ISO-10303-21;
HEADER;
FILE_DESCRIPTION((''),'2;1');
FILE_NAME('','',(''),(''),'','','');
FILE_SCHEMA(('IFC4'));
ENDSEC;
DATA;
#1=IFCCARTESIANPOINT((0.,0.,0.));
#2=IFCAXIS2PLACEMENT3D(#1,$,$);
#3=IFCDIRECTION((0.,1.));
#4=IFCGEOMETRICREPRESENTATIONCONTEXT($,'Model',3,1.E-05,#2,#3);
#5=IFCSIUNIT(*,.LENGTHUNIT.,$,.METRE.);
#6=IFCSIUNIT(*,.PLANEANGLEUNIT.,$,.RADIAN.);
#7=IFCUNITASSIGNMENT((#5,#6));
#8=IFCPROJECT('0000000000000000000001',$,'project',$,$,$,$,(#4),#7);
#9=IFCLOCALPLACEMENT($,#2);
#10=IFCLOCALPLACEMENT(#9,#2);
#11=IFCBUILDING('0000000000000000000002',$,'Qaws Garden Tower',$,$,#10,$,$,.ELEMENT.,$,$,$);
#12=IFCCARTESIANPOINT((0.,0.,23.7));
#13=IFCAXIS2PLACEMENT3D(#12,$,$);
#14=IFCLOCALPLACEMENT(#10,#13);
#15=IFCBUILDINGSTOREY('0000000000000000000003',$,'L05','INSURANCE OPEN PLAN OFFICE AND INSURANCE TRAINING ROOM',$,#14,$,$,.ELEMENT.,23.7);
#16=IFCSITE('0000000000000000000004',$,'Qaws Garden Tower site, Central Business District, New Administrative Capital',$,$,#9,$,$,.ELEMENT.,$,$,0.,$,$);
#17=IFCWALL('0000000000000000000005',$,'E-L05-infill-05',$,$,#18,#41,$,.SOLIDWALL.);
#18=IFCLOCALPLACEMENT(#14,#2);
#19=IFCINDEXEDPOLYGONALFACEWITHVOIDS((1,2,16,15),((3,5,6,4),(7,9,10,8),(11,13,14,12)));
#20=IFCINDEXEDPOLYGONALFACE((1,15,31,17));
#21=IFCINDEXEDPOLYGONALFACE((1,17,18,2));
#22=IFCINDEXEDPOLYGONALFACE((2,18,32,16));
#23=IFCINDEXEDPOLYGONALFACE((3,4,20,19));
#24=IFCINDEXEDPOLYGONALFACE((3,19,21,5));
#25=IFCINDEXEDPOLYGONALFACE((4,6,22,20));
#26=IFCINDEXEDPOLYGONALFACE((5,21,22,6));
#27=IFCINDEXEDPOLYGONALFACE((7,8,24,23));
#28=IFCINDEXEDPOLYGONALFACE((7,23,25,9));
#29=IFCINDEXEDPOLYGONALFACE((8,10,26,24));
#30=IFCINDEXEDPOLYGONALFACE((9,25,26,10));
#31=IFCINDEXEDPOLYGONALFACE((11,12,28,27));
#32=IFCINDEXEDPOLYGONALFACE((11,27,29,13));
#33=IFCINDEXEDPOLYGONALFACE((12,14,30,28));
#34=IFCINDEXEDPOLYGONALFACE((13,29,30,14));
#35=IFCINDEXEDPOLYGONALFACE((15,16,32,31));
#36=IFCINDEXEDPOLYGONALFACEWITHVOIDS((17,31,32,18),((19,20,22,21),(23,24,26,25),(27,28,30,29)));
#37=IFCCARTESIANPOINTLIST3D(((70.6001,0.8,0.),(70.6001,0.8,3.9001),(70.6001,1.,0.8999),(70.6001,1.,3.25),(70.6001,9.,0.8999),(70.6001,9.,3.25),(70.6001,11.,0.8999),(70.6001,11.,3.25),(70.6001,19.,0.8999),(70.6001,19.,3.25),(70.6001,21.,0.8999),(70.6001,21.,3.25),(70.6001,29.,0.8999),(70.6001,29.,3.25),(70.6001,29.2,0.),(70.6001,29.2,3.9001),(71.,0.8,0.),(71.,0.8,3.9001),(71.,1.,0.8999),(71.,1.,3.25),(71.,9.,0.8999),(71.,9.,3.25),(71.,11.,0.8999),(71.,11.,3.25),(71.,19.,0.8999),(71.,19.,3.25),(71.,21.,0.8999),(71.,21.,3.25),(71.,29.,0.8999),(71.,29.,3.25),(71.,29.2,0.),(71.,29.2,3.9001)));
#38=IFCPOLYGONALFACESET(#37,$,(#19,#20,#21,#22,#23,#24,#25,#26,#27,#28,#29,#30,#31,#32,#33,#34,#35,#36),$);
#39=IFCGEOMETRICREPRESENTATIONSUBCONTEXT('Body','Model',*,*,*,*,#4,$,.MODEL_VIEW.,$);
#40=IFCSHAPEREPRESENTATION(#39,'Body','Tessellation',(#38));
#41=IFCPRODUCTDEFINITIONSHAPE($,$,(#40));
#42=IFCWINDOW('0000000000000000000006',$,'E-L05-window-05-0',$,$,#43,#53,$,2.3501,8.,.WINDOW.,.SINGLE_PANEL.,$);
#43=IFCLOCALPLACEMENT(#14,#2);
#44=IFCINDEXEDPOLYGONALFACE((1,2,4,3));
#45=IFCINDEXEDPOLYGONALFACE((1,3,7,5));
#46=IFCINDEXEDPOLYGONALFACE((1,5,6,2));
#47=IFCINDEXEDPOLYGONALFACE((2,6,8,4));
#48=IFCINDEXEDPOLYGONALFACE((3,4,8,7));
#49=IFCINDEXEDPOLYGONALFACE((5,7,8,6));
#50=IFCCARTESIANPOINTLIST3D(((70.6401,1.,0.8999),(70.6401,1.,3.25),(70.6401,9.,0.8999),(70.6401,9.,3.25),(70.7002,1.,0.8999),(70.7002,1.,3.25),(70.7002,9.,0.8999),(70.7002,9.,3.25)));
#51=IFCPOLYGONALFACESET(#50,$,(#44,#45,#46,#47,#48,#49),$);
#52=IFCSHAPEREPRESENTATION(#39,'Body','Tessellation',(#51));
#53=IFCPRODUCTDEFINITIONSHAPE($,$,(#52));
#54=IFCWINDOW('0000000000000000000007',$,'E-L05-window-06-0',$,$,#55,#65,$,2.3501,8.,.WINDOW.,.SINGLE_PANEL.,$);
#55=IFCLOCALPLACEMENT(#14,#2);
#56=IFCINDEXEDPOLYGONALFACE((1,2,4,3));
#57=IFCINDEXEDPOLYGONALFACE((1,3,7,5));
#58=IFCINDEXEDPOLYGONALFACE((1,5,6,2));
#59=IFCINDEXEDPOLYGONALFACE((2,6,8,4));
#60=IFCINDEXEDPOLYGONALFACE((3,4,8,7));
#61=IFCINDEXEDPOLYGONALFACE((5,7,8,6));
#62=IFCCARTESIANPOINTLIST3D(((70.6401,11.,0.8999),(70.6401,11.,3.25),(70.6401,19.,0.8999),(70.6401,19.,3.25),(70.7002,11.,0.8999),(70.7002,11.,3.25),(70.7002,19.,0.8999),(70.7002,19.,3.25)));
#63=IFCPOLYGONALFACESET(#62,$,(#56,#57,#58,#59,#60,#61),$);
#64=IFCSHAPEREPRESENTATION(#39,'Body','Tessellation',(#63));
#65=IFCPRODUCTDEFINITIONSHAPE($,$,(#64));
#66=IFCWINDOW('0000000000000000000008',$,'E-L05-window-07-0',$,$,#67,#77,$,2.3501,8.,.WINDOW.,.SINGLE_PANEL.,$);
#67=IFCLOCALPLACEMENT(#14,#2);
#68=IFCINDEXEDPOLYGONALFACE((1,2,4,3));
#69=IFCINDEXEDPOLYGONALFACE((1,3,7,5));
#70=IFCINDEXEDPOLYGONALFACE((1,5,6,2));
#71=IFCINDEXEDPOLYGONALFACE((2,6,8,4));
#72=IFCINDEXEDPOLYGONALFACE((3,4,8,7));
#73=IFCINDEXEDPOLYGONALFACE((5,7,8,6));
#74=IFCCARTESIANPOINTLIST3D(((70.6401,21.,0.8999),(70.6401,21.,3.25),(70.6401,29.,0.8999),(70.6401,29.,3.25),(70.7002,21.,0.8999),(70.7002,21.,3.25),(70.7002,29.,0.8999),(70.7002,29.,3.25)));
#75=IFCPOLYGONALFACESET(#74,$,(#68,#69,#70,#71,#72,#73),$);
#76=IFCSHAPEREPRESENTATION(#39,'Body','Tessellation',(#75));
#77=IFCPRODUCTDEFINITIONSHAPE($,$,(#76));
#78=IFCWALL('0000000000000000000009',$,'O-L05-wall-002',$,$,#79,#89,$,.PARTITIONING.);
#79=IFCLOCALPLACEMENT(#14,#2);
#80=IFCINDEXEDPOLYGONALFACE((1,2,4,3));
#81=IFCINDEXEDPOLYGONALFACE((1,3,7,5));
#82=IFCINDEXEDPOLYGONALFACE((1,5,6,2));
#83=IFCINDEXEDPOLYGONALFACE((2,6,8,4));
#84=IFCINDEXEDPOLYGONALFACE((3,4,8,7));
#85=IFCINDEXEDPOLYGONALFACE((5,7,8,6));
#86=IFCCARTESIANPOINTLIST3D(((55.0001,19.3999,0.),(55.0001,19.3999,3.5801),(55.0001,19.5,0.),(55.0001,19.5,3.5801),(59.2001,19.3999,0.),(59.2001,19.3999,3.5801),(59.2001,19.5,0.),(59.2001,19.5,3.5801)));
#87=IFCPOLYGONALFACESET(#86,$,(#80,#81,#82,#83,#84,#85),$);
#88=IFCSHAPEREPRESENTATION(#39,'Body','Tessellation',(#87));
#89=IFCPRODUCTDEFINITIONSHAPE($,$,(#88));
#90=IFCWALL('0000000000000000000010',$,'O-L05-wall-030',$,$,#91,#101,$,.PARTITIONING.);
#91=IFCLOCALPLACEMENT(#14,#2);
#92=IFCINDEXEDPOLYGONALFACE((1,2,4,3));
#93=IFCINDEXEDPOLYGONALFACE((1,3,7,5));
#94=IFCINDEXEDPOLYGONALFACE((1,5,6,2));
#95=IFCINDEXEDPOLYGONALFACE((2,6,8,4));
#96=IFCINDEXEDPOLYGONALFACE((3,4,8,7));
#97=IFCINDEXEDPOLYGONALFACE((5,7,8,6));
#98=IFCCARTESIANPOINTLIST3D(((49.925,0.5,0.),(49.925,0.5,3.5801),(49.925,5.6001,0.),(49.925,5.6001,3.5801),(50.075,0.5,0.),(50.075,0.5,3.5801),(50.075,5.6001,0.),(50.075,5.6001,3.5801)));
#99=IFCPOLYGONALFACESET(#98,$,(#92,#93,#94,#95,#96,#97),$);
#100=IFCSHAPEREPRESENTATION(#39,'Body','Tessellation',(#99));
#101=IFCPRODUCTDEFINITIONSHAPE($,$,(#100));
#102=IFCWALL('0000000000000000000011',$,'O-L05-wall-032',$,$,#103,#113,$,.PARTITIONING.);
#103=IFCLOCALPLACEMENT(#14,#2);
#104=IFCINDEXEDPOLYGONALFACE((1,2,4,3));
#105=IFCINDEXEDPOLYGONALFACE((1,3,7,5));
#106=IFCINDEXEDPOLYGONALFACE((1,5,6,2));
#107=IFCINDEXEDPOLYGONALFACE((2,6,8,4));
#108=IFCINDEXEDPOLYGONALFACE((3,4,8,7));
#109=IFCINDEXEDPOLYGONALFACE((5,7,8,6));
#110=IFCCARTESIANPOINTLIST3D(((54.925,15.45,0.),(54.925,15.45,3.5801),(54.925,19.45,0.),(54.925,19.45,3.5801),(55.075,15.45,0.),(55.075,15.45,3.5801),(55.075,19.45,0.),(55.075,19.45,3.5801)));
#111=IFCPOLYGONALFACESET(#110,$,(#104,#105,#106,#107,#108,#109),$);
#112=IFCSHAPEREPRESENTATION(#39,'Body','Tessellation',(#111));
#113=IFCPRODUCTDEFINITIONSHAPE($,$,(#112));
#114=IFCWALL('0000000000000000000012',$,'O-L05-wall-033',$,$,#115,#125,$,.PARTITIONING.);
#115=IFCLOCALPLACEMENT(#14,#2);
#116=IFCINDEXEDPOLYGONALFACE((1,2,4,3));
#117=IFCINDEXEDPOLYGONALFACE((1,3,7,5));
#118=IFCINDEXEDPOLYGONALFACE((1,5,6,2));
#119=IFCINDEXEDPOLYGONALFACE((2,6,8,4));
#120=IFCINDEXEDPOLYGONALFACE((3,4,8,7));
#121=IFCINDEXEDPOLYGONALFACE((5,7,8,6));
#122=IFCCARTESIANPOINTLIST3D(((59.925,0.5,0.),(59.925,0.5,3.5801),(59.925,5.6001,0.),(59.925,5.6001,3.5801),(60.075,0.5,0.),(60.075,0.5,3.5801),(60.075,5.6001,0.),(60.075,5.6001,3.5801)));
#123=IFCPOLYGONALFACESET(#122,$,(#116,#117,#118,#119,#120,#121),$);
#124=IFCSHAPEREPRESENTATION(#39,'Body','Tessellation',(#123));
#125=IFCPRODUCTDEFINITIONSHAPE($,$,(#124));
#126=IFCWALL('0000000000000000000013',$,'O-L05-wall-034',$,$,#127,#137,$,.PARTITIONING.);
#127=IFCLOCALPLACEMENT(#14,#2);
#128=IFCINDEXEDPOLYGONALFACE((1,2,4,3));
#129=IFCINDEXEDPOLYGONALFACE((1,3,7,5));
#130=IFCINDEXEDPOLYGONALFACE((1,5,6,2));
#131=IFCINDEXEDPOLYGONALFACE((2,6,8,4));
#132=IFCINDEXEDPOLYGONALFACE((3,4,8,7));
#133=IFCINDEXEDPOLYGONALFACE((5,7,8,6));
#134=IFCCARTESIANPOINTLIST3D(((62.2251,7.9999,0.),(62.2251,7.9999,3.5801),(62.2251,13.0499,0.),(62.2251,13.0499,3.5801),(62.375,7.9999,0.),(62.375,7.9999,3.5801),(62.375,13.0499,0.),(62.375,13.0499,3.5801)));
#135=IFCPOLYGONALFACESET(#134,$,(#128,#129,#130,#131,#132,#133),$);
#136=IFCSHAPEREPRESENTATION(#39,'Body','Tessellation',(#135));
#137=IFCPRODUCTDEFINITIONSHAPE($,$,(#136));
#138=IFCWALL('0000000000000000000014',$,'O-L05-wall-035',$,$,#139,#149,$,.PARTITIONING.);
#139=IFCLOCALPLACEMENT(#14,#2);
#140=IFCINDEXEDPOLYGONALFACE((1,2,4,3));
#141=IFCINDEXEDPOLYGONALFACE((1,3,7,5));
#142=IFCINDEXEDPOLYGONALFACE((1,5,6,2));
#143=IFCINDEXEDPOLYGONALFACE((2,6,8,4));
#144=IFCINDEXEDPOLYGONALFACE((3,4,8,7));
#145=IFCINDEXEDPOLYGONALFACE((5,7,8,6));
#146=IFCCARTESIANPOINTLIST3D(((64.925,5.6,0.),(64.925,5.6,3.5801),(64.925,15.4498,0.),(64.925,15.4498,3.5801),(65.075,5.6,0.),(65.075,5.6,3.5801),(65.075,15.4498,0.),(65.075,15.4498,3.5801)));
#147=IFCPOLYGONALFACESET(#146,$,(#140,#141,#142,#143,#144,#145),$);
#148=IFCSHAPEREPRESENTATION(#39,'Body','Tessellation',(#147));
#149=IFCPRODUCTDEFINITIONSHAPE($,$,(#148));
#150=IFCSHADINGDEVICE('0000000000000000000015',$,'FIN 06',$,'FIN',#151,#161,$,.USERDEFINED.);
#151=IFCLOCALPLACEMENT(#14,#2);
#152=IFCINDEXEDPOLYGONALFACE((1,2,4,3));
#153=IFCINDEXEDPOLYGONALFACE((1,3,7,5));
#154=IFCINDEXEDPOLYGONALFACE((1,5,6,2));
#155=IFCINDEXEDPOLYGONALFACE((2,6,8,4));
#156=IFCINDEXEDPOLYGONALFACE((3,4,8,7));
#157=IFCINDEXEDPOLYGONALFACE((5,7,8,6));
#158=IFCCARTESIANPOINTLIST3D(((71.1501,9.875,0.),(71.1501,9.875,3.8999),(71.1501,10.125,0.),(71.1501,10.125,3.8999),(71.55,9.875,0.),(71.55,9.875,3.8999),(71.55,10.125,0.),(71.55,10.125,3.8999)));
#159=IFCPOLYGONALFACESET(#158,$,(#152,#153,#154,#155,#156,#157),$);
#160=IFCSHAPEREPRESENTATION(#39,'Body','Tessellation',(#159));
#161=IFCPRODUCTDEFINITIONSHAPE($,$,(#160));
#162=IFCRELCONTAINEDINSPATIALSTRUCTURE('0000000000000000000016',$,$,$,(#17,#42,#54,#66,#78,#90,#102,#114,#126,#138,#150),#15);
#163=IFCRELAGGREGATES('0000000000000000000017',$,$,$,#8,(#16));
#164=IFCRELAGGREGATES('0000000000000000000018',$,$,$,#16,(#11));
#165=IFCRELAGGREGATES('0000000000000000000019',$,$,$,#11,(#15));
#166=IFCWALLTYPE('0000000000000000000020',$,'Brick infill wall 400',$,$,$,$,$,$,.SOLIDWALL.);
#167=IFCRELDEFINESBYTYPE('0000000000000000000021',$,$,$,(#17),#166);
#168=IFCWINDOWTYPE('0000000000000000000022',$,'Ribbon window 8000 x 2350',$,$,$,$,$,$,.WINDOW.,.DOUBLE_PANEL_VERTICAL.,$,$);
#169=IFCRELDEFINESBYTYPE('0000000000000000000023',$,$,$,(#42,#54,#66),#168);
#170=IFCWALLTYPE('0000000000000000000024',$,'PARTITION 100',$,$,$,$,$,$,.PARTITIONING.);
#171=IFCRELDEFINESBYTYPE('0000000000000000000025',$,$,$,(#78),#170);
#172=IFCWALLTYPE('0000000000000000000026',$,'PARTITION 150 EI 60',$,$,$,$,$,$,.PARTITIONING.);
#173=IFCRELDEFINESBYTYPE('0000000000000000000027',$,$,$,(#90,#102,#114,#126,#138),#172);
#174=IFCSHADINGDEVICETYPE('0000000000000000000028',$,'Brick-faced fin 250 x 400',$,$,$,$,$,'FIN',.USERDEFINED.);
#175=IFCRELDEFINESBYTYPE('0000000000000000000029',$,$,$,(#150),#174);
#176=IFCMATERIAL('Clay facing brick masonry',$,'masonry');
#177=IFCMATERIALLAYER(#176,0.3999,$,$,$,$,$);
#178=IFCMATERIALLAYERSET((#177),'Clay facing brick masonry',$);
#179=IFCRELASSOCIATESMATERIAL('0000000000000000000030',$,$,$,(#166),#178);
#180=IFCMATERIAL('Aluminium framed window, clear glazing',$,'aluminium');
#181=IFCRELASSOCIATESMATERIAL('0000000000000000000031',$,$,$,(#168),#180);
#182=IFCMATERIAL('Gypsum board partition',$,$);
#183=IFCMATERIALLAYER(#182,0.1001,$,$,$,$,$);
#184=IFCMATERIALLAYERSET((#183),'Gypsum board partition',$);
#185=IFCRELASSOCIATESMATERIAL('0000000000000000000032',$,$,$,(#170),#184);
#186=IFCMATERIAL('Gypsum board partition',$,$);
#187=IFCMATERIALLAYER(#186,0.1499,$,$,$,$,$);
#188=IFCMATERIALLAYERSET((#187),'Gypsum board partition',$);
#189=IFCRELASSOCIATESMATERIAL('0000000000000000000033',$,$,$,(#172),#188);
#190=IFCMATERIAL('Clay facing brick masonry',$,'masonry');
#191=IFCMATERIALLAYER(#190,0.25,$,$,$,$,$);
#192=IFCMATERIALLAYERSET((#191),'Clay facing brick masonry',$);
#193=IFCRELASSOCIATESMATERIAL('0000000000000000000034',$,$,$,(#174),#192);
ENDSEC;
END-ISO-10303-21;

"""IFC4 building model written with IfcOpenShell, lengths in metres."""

from ifc_helpers import new_model, si_unit, direction, frame, frame_2d, origin, origin_2d, place, context, subcontext, project, spatial, rectangle, extrude, material, layer, layer_set, type_object, element, fill, save


model = new_model("IFC4")

# Units and contexts
model_context = context("Model", 3, precision=1e-05, world=origin(), true_north=direction((0.0, 1.0)))
body_context = subcontext(model_context, "Body", "Model", "MODEL_VIEW")
ifc_project = project(units=[si_unit("LENGTHUNIT", "METRE"), si_unit("PLANEANGLEUNIT", "RADIAN")], contexts=[model_context])

# Site, building, storey
site_placement = place(None, origin())
site = spatial("IfcSite", under=ifc_project, at=site_placement, Name="Qaws Garden Tower site, Central Business District, New Administrative Capital", CompositionType="ELEMENT", RefElevation=0.0)
building_placement = place(site_placement, origin())
building = spatial("IfcBuilding", under=site, at=building_placement, Name="Qaws Garden Tower", CompositionType="ELEMENT")
storey_placement = place(building_placement, frame((0.0, 0.0, 23.7)))
storey = spatial("IfcBuildingStorey", under=building, at=storey_placement, Name="L05", Description="INSURANCE OPEN PLAN OFFICE AND INSURANCE TRAINING ROOM", CompositionType="ELEMENT", Elevation=23.7)

# Wall, openings, windows
ifc_material_1 = material(Name="Clay facing brick masonry", Category="masonry")
ifc_layer_1 = layer(ifc_material_1, 0.3999)
ifc_layer_set_1 = layer_set([ifc_layer_1], Name="Clay facing brick masonry")
wall_type_1 = type_object("IfcWallType", Name="Brick infill wall 400", PredefinedType="SOLIDWALL", material=ifc_layer_set_1)
wall_1_placement = place(storey_placement, frame((70.8, 0.8, 0.0), z_axis=(0.0, 0.0, 1.0), x_axis=(0.0, 1.0, 0.0)))
wall_1 = element("IfcWall", 1, at=wall_1_placement, inside=storey, type_object=wall_type_1, Name="E-L05-infill-05", PredefinedType="SOLIDWALL", context=body_context, shape_type="SweptSolid", body=[
    extrude(rectangle(XDim=28.3999, YDim=0.3999, at=frame_2d((14.2, 0.0))), origin(), (0.0, 0.0, 1.0), 3.9001),
])
opening_1_placement = place(wall_1_placement, frame((0.2, 0.0, 0.8999)))
opening_1 = element("IfcOpeningElement", 2, at=opening_1_placement, cuts=wall_1, PredefinedType="OPENING", context=body_context, shape_type="SweptSolid", body=[
    extrude(rectangle(XDim=8.0, YDim=2.3501, at=frame_2d((4.0, 1.175))), frame((0.0, 0.21, 0.0), z_axis=(0.0, -1.0, 0.0), x_axis=(1.0, 0.0, 0.0)), (0.0, 0.0, 1.0), 0.4199),
])
opening_2_placement = place(wall_1_placement, frame((10.2, 0.0, 0.8999)))
opening_2 = element("IfcOpeningElement", 3, at=opening_2_placement, cuts=wall_1, PredefinedType="OPENING", context=body_context, shape_type="SweptSolid", body=[
    extrude(rectangle(XDim=8.0, YDim=2.3501, at=frame_2d((4.0, 1.175))), frame((0.0, 0.21, 0.0), z_axis=(0.0, -1.0, 0.0), x_axis=(1.0, 0.0, 0.0)), (0.0, 0.0, 1.0), 0.4199),
])
opening_3_placement = place(wall_1_placement, frame((20.2, 0.0, 0.8999)))
opening_3 = element("IfcOpeningElement", 4, at=opening_3_placement, cuts=wall_1, PredefinedType="OPENING", context=body_context, shape_type="SweptSolid", body=[
    extrude(rectangle(XDim=8.0, YDim=2.3501, at=frame_2d((4.0, 1.175))), frame((0.0, 0.21, 0.0), z_axis=(0.0, -1.0, 0.0), x_axis=(1.0, 0.0, 0.0)), (0.0, 0.0, 1.0), 0.4199),
])
ifc_material_2 = material(Name="Aluminium framed window, clear glazing", Category="aluminium")
window_type = type_object("IfcWindowType", Name="Ribbon window 8000 x 2350", PartitioningType="DOUBLE_PANEL_VERTICAL", PredefinedType="WINDOW", material=ifc_material_2)
window_1_placement = place(opening_1_placement, origin())
window_1 = element("IfcWindow", 5, at=window_1_placement, inside=storey, type_object=window_type, Name="E-L05-window-05-0", OverallHeight=2.3501, OverallWidth=8.0, PartitioningType="SINGLE_PANEL", PredefinedType="WINDOW", context=body_context, shape_type="SweptSolid", body=[
    extrude(rectangle(XDim=8.0, YDim=2.3501, at=frame_2d((4.0, 1.175))), frame((0.0, 0.1599, 0.0), z_axis=(0.0, -1.0, 0.0), x_axis=(1.0, 0.0, 0.0)), (0.0, 0.0, 1.0), 0.0601),
])
fill(opening_1, window_1)
window_2_placement = place(opening_2_placement, origin())
window_2 = element("IfcWindow", 6, at=window_2_placement, inside=storey, type_object=window_type, Name="E-L05-window-06-0", OverallHeight=2.3501, OverallWidth=8.0, PartitioningType="SINGLE_PANEL", PredefinedType="WINDOW", context=body_context, shape_type="SweptSolid", body=[
    extrude(rectangle(XDim=8.0, YDim=2.3501, at=frame_2d((4.0, 1.175))), frame((0.0, 0.1599, 0.0), z_axis=(0.0, -1.0, 0.0), x_axis=(1.0, 0.0, 0.0)), (0.0, 0.0, 1.0), 0.0601),
])
fill(opening_2, window_2)
window_3_placement = place(opening_3_placement, origin())
window_3 = element("IfcWindow", 7, at=window_3_placement, inside=storey, type_object=window_type, Name="E-L05-window-07-0", OverallHeight=2.3501, OverallWidth=8.0, PartitioningType="SINGLE_PANEL", PredefinedType="WINDOW", context=body_context, shape_type="SweptSolid", body=[
    extrude(rectangle(XDim=8.0, YDim=2.3501, at=frame_2d((4.0, 1.175))), frame((0.0, 0.1599, 0.0), z_axis=(0.0, -1.0, 0.0), x_axis=(1.0, 0.0, 0.0)), (0.0, 0.0, 1.0), 0.0601),
])
fill(opening_3, window_3)

# Walls
ifc_material_3 = material(Name="Gypsum board partition")
ifc_layer_2 = layer(ifc_material_3, 0.1001)
ifc_layer_set_2 = layer_set([ifc_layer_2], Name="Gypsum board partition")
wall_type_2 = type_object("IfcWallType", Name="PARTITION 100", PredefinedType="PARTITIONING", material=ifc_layer_set_2)
wall_2_placement = place(storey_placement, frame((55.0, 19.45, 0.0), z_axis=(0.0, 0.0, 1.0), x_axis=(1.0, 0.0, 0.0)))
element("IfcWall", 8, at=wall_2_placement, inside=storey, type_object=wall_type_2, Name="O-L05-wall-002", PredefinedType="PARTITIONING", context=body_context, shape_type="SweptSolid", body=[
    extrude(rectangle(XDim=4.2, YDim=0.1001, at=frame_2d((2.1001, 0.0))), origin(), (0.0, 0.0, 1.0), 3.5801),
])
ifc_material_4 = material(Name="Gypsum board partition")
ifc_layer_3 = layer(ifc_material_4, 0.1499)
ifc_layer_set_3 = layer_set([ifc_layer_3], Name="Gypsum board partition")
wall_type_3 = type_object("IfcWallType", Name="PARTITION 150 EI 60", PredefinedType="PARTITIONING", material=ifc_layer_set_3)
wall_3_placement = place(storey_placement, frame((50.0, 0.5, 0.0), z_axis=(0.0, 0.0, 1.0), x_axis=(0.0, 1.0, 0.0)))
element("IfcWall", 9, at=wall_3_placement, inside=storey, type_object=wall_type_3, Name="O-L05-wall-030", PredefinedType="PARTITIONING", context=body_context, shape_type="SweptSolid", body=[
    extrude(rectangle(XDim=5.1001, YDim=0.1499, at=frame_2d((2.55, 0.0))), origin(), (0.0, 0.0, 1.0), 3.5801),
])
wall_4_placement = place(storey_placement, frame((55.0, 15.45, 0.0), z_axis=(0.0, 0.0, 1.0), x_axis=(0.0, 1.0, 0.0)))
element("IfcWall", 10, at=wall_4_placement, inside=storey, type_object=wall_type_3, Name="O-L05-wall-032", PredefinedType="PARTITIONING", context=body_context, shape_type="SweptSolid", body=[
    extrude(rectangle(XDim=4.0, YDim=0.1499, at=frame_2d((2.0, 0.0))), origin(), (0.0, 0.0, 1.0), 3.5801),
])
wall_5_placement = place(storey_placement, frame((60.0, 0.5, 0.0), z_axis=(0.0, 0.0, 1.0), x_axis=(0.0, 1.0, 0.0)))
element("IfcWall", 11, at=wall_5_placement, inside=storey, type_object=wall_type_3, Name="O-L05-wall-033", PredefinedType="PARTITIONING", context=body_context, shape_type="SweptSolid", body=[
    extrude(rectangle(XDim=5.1001, YDim=0.1499, at=frame_2d((2.55, 0.0))), origin(), (0.0, 0.0, 1.0), 3.5801),
])
wall_6_placement = place(storey_placement, frame((62.3, 8.0, 0.0), z_axis=(0.0, 0.0, 1.0), x_axis=(0.0, 1.0, 0.0)))
element("IfcWall", 12, at=wall_6_placement, inside=storey, type_object=wall_type_3, Name="O-L05-wall-034", PredefinedType="PARTITIONING", context=body_context, shape_type="SweptSolid", body=[
    extrude(rectangle(XDim=5.05, YDim=0.1499, at=frame_2d((2.5249, 0.0))), origin(), (0.0, 0.0, 1.0), 3.5801),
])
wall_7_placement = place(storey_placement, frame((65.0, 5.6001, 0.0), z_axis=(0.0, 0.0, 1.0), x_axis=(0.0, 1.0, 0.0)))
element("IfcWall", 13, at=wall_7_placement, inside=storey, type_object=wall_type_3, Name="O-L05-wall-035", PredefinedType="PARTITIONING", context=body_context, shape_type="SweptSolid", body=[
    extrude(rectangle(XDim=9.8499, YDim=0.1499, at=frame_2d((4.9248, 0.0))), origin(), (0.0, 0.0, 1.0), 3.5801),
])

# Shading device
ifc_material_5 = material(Name="Clay facing brick masonry", Category="masonry")
ifc_layer_4 = layer(ifc_material_5, 0.25)
ifc_layer_set_4 = layer_set([ifc_layer_4], Name="Clay facing brick masonry")
shading_device_type = type_object("IfcShadingDeviceType", Name="Brick-faced fin 250 x 400", ElementType="FIN", PredefinedType="USERDEFINED", material=ifc_layer_set_4)
shading_device_placement = place(storey_placement, frame((71.3501, 10.0, 0.0), z_axis=(0.0, 0.0, 1.0), x_axis=(0.0, 1.0, 0.0)))
element("IfcShadingDevice", 14, at=shading_device_placement, inside=storey, type_object=shading_device_type, Name="FIN 06", ObjectType="FIN", PredefinedType="USERDEFINED", context=body_context, shape_type="SweptSolid", body=[
    extrude(rectangle(XDim=0.25, YDim=0.3999, at=origin_2d()), origin(), (0.0, 0.0, 1.0), 3.8999),
])

save(model, "model.ifc")
